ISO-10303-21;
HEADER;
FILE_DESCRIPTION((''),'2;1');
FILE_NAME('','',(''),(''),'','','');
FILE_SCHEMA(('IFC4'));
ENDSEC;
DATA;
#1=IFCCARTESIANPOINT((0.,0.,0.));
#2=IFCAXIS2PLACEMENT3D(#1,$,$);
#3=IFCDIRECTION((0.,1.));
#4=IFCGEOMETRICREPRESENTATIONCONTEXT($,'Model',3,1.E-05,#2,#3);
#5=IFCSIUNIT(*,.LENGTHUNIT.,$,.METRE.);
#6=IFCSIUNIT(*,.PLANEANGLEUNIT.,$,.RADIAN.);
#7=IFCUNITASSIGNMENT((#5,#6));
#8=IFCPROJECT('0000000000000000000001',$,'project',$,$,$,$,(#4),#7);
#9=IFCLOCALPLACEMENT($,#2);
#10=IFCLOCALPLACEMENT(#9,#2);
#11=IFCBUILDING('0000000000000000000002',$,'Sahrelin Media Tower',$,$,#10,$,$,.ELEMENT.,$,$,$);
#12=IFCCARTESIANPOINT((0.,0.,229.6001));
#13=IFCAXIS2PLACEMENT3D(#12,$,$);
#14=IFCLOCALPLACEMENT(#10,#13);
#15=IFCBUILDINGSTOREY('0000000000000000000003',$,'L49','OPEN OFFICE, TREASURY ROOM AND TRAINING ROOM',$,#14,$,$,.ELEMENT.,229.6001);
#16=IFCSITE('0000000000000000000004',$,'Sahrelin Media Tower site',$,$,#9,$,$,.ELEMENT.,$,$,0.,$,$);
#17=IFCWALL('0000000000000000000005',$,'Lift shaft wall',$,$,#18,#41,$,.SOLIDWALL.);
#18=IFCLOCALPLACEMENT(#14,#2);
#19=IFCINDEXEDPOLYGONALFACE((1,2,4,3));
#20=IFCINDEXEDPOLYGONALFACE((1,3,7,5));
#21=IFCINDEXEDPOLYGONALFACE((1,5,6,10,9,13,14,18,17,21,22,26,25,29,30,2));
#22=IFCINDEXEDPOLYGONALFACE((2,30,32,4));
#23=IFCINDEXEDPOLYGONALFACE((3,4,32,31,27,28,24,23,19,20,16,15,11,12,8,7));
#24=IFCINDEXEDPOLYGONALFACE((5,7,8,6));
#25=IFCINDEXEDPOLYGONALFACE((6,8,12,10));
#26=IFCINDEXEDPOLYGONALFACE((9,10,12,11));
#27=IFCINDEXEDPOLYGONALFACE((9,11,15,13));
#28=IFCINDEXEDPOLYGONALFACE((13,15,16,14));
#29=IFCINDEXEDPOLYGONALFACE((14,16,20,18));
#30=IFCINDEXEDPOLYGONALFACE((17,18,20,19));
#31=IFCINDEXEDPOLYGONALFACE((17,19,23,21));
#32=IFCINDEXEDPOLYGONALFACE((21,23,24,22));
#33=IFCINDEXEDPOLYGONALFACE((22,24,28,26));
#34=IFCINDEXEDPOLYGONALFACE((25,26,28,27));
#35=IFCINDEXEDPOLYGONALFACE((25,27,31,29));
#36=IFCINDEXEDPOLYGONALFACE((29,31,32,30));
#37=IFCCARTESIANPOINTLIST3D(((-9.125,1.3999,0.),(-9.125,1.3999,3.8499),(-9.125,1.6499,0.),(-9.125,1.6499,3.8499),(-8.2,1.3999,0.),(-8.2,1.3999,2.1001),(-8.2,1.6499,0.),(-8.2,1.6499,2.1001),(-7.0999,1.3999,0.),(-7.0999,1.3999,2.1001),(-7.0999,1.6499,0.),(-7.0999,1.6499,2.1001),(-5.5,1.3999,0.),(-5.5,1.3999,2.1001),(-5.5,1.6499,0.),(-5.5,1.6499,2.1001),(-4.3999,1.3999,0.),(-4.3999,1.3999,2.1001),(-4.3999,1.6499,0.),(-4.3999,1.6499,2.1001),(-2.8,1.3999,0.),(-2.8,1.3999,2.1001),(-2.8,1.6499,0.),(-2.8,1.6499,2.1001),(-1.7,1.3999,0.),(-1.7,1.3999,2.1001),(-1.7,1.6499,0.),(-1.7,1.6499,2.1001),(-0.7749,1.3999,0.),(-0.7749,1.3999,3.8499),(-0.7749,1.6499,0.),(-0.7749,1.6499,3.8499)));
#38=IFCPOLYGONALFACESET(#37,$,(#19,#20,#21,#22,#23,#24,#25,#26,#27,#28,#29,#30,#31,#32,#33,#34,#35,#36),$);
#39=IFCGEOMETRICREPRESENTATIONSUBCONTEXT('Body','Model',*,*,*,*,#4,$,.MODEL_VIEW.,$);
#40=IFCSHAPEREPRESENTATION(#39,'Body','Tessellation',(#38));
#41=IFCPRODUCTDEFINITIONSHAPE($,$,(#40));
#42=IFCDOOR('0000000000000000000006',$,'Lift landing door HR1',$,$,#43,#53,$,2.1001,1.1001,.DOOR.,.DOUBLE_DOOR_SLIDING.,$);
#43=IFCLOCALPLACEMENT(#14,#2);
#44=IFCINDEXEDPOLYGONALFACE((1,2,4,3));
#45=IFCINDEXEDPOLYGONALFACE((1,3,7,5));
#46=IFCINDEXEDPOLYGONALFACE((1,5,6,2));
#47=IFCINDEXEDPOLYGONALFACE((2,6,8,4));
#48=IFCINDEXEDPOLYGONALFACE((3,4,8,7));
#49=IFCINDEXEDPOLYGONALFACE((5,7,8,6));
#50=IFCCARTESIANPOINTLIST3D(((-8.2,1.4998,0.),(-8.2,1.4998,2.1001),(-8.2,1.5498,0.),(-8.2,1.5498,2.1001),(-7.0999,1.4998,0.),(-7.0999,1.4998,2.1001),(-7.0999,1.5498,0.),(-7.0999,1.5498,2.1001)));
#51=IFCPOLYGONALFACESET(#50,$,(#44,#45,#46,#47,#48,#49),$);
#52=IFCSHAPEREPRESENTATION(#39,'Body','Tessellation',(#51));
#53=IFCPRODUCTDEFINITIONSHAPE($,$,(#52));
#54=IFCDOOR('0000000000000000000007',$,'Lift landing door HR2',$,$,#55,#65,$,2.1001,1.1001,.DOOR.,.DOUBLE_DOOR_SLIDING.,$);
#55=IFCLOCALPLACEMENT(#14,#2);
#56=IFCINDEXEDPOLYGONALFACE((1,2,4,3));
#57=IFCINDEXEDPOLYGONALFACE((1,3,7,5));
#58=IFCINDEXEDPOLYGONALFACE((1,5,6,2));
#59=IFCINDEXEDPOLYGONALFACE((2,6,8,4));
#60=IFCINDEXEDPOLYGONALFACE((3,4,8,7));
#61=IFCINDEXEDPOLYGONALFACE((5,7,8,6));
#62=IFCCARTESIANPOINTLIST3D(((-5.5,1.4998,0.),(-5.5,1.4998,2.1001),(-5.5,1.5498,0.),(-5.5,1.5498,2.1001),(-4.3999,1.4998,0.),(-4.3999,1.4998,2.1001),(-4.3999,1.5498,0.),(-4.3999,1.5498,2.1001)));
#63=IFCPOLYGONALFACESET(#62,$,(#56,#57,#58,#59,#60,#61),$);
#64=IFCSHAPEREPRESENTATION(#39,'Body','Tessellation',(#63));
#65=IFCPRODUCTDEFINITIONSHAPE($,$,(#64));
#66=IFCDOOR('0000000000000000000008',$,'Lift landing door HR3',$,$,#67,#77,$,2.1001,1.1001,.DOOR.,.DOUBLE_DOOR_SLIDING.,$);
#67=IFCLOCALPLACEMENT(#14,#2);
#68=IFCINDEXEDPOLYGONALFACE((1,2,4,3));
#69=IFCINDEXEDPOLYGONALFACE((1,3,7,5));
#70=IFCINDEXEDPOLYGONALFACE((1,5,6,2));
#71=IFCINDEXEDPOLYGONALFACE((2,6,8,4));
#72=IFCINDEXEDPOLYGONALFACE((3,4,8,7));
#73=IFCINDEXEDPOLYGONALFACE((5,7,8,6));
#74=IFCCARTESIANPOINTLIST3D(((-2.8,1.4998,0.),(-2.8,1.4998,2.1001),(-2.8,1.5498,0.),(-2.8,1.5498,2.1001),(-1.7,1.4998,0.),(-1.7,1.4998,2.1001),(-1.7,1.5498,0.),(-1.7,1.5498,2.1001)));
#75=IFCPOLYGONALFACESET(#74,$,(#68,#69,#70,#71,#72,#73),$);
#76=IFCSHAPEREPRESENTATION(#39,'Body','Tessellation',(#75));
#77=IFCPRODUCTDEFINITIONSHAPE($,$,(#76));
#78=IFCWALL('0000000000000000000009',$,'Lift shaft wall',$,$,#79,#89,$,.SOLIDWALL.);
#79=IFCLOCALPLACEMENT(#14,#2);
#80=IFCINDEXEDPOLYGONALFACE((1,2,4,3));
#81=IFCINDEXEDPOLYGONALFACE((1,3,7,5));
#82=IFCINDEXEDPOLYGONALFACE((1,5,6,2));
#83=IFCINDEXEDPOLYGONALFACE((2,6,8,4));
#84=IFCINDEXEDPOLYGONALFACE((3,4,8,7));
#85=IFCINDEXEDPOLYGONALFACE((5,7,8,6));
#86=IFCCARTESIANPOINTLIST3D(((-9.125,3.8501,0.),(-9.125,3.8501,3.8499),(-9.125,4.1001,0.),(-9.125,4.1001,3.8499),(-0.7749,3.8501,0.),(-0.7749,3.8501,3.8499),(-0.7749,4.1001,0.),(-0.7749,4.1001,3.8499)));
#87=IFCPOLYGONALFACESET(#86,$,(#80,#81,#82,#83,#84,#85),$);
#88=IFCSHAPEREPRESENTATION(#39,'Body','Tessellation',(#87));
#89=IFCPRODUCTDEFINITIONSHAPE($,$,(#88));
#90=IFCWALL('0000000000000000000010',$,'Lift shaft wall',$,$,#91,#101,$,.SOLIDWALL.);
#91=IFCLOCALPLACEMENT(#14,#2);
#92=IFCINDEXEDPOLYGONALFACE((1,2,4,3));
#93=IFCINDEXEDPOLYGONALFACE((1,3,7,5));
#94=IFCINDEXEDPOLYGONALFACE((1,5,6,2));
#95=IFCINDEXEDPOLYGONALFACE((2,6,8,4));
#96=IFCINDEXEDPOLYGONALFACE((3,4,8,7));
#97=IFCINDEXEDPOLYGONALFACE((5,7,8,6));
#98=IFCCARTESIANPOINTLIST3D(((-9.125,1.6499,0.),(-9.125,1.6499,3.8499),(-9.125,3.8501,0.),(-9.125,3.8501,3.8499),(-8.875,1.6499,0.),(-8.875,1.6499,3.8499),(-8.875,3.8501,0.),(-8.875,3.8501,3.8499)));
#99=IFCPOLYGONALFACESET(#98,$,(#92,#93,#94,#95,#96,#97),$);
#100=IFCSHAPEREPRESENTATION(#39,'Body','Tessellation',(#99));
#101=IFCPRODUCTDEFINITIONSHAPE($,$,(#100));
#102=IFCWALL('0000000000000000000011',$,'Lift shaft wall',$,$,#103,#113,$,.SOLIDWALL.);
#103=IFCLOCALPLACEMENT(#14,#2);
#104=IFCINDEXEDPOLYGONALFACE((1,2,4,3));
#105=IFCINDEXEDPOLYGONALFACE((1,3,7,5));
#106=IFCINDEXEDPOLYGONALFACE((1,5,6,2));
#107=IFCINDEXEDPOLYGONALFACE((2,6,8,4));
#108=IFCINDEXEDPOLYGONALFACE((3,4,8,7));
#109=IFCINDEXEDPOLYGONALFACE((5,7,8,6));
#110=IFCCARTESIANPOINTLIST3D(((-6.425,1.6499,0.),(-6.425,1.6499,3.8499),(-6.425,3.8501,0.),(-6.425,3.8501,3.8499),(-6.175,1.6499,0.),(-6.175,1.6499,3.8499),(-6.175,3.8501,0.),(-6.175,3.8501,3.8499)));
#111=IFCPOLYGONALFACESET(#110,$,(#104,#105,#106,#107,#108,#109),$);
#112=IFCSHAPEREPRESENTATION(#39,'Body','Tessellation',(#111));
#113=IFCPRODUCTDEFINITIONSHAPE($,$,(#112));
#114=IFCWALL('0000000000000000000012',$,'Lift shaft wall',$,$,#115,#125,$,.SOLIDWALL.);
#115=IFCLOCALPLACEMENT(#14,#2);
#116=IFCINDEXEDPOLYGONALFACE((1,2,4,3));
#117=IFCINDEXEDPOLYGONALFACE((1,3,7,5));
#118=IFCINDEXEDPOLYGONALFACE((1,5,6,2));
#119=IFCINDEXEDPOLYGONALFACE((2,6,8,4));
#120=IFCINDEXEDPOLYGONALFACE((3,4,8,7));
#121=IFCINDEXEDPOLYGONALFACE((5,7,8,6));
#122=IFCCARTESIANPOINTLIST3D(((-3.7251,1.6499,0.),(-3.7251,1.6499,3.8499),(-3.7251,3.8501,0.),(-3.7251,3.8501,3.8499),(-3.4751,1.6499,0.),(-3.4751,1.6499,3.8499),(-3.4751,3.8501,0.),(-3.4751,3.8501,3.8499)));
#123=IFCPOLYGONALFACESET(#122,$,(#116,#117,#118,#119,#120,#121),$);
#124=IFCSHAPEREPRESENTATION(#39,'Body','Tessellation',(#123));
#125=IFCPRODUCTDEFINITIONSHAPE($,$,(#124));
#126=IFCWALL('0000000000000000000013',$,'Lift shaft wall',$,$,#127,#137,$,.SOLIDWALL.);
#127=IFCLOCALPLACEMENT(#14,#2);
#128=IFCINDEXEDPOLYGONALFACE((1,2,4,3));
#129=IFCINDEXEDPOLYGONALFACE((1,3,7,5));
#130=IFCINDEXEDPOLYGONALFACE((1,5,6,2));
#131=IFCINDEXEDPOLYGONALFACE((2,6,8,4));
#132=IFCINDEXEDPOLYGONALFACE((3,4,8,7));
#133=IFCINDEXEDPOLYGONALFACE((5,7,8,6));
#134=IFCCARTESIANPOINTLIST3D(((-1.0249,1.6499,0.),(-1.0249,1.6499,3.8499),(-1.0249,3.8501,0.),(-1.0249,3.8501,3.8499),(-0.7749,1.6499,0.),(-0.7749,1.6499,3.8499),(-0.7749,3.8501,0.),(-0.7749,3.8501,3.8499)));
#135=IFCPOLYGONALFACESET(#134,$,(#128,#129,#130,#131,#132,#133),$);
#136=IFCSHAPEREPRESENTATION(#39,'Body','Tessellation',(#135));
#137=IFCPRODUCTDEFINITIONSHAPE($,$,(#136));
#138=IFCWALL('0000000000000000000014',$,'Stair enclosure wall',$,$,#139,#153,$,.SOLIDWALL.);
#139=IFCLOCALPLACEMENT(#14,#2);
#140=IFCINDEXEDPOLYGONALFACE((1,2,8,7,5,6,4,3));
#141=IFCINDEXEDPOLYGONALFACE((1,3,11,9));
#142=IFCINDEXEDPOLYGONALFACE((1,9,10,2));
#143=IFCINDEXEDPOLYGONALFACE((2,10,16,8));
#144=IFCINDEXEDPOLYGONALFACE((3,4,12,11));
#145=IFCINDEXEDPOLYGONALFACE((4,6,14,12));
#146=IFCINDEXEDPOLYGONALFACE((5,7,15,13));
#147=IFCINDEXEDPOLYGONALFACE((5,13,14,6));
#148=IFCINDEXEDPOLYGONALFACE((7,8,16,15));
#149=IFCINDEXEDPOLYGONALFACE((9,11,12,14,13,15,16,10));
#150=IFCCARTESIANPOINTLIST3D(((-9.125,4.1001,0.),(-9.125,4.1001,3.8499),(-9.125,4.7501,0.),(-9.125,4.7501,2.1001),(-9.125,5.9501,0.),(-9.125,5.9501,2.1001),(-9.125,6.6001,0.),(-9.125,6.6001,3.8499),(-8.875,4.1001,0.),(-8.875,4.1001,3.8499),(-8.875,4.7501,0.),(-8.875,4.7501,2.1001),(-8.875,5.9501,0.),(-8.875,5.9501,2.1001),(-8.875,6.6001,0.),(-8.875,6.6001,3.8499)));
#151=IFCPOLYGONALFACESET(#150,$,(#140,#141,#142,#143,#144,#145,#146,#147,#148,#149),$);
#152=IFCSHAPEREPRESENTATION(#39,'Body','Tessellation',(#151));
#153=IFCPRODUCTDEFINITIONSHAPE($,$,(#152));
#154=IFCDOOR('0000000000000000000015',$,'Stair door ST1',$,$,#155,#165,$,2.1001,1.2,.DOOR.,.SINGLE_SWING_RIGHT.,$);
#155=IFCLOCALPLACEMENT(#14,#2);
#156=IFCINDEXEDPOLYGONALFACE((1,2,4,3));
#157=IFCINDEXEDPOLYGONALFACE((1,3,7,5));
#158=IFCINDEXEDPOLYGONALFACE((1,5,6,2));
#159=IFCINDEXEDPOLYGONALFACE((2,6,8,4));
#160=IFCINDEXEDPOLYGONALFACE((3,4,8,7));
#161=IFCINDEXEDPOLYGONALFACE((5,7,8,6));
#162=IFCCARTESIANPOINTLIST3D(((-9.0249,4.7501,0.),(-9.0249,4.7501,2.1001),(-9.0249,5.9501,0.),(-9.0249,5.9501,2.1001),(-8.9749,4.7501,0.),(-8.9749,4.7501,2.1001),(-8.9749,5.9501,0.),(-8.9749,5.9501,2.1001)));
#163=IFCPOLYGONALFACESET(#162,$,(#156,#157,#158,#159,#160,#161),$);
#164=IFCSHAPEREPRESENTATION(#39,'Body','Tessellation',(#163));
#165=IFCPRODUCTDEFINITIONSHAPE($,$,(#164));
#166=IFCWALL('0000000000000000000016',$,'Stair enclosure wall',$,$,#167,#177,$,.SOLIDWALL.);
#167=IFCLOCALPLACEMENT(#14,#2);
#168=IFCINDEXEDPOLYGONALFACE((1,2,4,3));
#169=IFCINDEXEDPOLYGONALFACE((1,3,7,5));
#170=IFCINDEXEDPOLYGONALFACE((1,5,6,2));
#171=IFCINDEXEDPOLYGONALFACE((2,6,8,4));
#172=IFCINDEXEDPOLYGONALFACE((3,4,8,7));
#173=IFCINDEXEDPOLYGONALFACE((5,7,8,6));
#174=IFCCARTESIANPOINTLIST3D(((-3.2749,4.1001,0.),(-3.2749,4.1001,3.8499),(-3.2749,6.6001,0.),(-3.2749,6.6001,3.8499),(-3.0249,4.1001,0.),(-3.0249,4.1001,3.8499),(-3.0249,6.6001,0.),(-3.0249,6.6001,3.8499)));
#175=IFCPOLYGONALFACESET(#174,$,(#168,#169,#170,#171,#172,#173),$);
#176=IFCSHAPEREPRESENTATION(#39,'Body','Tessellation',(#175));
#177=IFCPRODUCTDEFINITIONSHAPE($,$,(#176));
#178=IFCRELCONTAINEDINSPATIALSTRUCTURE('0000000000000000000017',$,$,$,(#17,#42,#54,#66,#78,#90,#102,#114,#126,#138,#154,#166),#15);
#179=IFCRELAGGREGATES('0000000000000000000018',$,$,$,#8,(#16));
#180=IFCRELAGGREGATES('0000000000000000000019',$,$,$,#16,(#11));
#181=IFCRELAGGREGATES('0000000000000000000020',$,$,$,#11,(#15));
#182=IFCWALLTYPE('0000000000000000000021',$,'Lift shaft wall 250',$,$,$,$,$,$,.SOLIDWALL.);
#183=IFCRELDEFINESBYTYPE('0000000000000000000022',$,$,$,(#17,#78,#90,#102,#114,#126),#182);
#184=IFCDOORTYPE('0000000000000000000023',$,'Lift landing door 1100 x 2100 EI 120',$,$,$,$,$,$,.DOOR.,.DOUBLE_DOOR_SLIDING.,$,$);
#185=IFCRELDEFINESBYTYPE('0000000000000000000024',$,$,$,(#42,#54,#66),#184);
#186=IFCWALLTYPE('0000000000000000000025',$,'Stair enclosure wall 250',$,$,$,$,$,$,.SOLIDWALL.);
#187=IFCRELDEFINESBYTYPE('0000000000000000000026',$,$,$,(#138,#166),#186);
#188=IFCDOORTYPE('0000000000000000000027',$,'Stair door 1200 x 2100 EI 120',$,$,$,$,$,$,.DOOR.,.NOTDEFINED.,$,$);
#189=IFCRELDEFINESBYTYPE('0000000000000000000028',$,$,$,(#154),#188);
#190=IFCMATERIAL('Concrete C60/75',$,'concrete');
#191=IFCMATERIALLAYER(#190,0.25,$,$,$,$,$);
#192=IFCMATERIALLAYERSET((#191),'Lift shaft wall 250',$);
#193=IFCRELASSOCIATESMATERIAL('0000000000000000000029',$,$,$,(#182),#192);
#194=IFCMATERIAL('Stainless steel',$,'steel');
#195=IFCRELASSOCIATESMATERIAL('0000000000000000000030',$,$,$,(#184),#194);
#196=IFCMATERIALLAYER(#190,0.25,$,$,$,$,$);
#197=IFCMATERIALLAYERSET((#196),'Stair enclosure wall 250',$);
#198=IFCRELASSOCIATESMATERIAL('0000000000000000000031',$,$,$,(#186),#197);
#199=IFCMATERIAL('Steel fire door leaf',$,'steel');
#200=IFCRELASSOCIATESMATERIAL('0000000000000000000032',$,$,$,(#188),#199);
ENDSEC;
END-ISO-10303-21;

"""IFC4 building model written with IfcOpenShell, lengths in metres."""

from ifc_helpers import new_model, si_unit, direction, frame, frame_2d, origin, place, context, subcontext, project, spatial, rectangle, extrude, material, layer, layer_set, type_object, element, fill, save


model = new_model("IFC4")

# Units and contexts
model_context = context("Model", 3, precision=1e-05, world=origin(), true_north=direction((0.0, 1.0)))
body_context = subcontext(model_context, "Body", "Model", "MODEL_VIEW")
ifc_project = project(units=[si_unit("LENGTHUNIT", "METRE"), si_unit("PLANEANGLEUNIT", "RADIAN")], contexts=[model_context])

# Site, building, storey
site_placement = place(None, origin())
site = spatial("IfcSite", under=ifc_project, at=site_placement, Name="Sahrelin Media Tower site", CompositionType="ELEMENT", RefElevation=0.0)
building_placement = place(site_placement, origin())
building = spatial("IfcBuilding", under=site, at=building_placement, Name="Sahrelin Media Tower", CompositionType="ELEMENT")
storey_placement = place(building_placement, frame((0.0, 0.0, 229.6001)))
storey = spatial("IfcBuildingStorey", under=building, at=storey_placement, Name="L49", Description="OPEN OFFICE, TREASURY ROOM AND TRAINING ROOM", CompositionType="ELEMENT", Elevation=229.6001)

# Shared definitions
ifc_material_1 = material(Name="Steel fire door leaf", Category="steel")

# Wall, openings, doors
ifc_material_2 = material(Name="Concrete C60/75", Category="concrete")
ifc_layer_1 = layer(ifc_material_2, 0.25)
ifc_layer_set_1 = layer_set([ifc_layer_1], Name="Lift shaft wall 250")
wall_type_1 = type_object("IfcWallType", Name="Lift shaft wall 250", PredefinedType="SOLIDWALL", material=ifc_layer_set_1)
wall_1_placement = place(storey_placement, frame((-9.125, 1.5249, 0.0), z_axis=(0.0, 0.0, 1.0), x_axis=(1.0, 0.0, 0.0)))
wall_1 = element("IfcWall", 1, at=wall_1_placement, inside=storey, type_object=wall_type_1, Name="Lift shaft wall", PredefinedType="SOLIDWALL", context=body_context, shape_type="SweptSolid", body=[
    extrude(rectangle(XDim=8.3501, YDim=0.25, at=frame_2d((4.175, 0.0))), origin(), (0.0, 0.0, 1.0), 3.8499),
])
opening_1_placement = place(wall_1_placement, frame((0.925, 0.0, 0.0)))
opening_1 = element("IfcOpeningElement", 2, at=opening_1_placement, cuts=wall_1, PredefinedType="OPENING", context=body_context, shape_type="SweptSolid", body=[
    extrude(rectangle(XDim=1.1001, YDim=2.1001, at=frame_2d((0.55, 1.05))), frame((0.0, 0.125, 0.0), z_axis=(0.0, -1.0, 0.0), x_axis=(1.0, 0.0, 0.0)), (0.0, 0.0, 1.0), 0.25),
])
opening_2_placement = place(wall_1_placement, frame((3.625, 0.0, 0.0)))
opening_2 = element("IfcOpeningElement", 3, at=opening_2_placement, cuts=wall_1, PredefinedType="OPENING", context=body_context, shape_type="SweptSolid", body=[
    extrude(rectangle(XDim=1.1001, YDim=2.1001, at=frame_2d((0.55, 1.05))), frame((0.0, 0.125, 0.0), z_axis=(0.0, -1.0, 0.0), x_axis=(1.0, 0.0, 0.0)), (0.0, 0.0, 1.0), 0.25),
])
opening_3_placement = place(wall_1_placement, frame((6.325, 0.0, 0.0)))
opening_3 = element("IfcOpeningElement", 4, at=opening_3_placement, cuts=wall_1, PredefinedType="OPENING", context=body_context, shape_type="SweptSolid", body=[
    extrude(rectangle(XDim=1.1001, YDim=2.1001, at=frame_2d((0.55, 1.05))), frame((0.0, 0.125, 0.0), z_axis=(0.0, -1.0, 0.0), x_axis=(1.0, 0.0, 0.0)), (0.0, 0.0, 1.0), 0.25),
])
ifc_material_3 = material(Name="Stainless steel", Category="steel")
door_type_1 = type_object("IfcDoorType", Name="Lift landing door 1100 x 2100 EI 120", OperationType="DOUBLE_DOOR_SLIDING", PredefinedType="DOOR", material=ifc_material_3)
door_1_placement = place(opening_1_placement, origin())
door_1 = element("IfcDoor", 5, at=door_1_placement, inside=storey, type_object=door_type_1, Name="Lift landing door HR1", OperationType="DOUBLE_DOOR_SLIDING", OverallHeight=2.1001, OverallWidth=1.1001, PredefinedType="DOOR", context=body_context, shape_type="SweptSolid", body=[
    extrude(rectangle(XDim=1.1001, YDim=2.1001, at=frame_2d((0.55, 1.05))), frame((0.0, 0.0249, 0.0), z_axis=(0.0, -1.0, 0.0), x_axis=(1.0, 0.0, 0.0)), (0.0, 0.0, 1.0), 0.05),
])
fill(opening_1, door_1)
door_2_placement = place(opening_2_placement, origin())
door_2 = element("IfcDoor", 6, at=door_2_placement, inside=storey, type_object=door_type_1, Name="Lift landing door HR2", OperationType="DOUBLE_DOOR_SLIDING", OverallHeight=2.1001, OverallWidth=1.1001, PredefinedType="DOOR", context=body_context, shape_type="SweptSolid", body=[
    extrude(rectangle(XDim=1.1001, YDim=2.1001, at=frame_2d((0.55, 1.05))), frame((0.0, 0.0249, 0.0), z_axis=(0.0, -1.0, 0.0), x_axis=(1.0, 0.0, 0.0)), (0.0, 0.0, 1.0), 0.05),
])
fill(opening_2, door_2)
door_3_placement = place(opening_3_placement, origin())
door_3 = element("IfcDoor", 7, at=door_3_placement, inside=storey, type_object=door_type_1, Name="Lift landing door HR3", OperationType="DOUBLE_DOOR_SLIDING", OverallHeight=2.1001, OverallWidth=1.1001, PredefinedType="DOOR", context=body_context, shape_type="SweptSolid", body=[
    extrude(rectangle(XDim=1.1001, YDim=2.1001, at=frame_2d((0.55, 1.05))), frame((0.0, 0.0249, 0.0), z_axis=(0.0, -1.0, 0.0), x_axis=(1.0, 0.0, 0.0)), (0.0, 0.0, 1.0), 0.05),
])
fill(opening_3, door_3)

# Walls
wall_2_placement = place(storey_placement, frame((-9.125, 3.9751, 0.0), z_axis=(0.0, 0.0, 1.0), x_axis=(1.0, 0.0, 0.0)))
element("IfcWall", 8, at=wall_2_placement, inside=storey, type_object=wall_type_1, Name="Lift shaft wall", PredefinedType="SOLIDWALL", context=body_context, shape_type="SweptSolid", body=[
    extrude(rectangle(XDim=8.3501, YDim=0.25, at=frame_2d((4.175, 0.0))), origin(), (0.0, 0.0, 1.0), 3.8499),
])
for number, where, z_axis, x_axis, name in (
    (9, (-9.0, 1.6499, 0.0), (0.0, 0.0, 1.0), (0.0, 1.0, 0.0), "Lift shaft wall"),
    (10, (-6.3, 1.6499, 0.0), (0.0, 0.0, 1.0), (0.0, 1.0, 0.0), "Lift shaft wall"),
    (11, (-3.6001, 1.6499, 0.0), (0.0, 0.0, 1.0), (0.0, 1.0, 0.0), "Lift shaft wall"),
    (12, (-0.8999, 1.6499, 0.0), (0.0, 0.0, 1.0), (0.0, 1.0, 0.0), "Lift shaft wall"),
):
    element("IfcWall", number, at=place(storey_placement, frame(where, z_axis=z_axis, x_axis=x_axis)), inside=storey, type_object=wall_type_1, Name=name, PredefinedType="SOLIDWALL", context=body_context, shape_type="SweptSolid", body=[
        extrude(rectangle(XDim=2.2002, YDim=0.25, at=frame_2d((1.1001, 0.0))), origin(), (0.0, 0.0, 1.0), 3.8499),
    ])

# Wall, opening, door
ifc_layer_2 = layer(ifc_material_2, 0.25)
ifc_layer_set_2 = layer_set([ifc_layer_2], Name="Stair enclosure wall 250")
wall_type_2 = type_object("IfcWallType", Name="Stair enclosure wall 250", PredefinedType="SOLIDWALL", material=ifc_layer_set_2)
wall_3_placement = place(storey_placement, frame((-9.0, 4.1001, 0.0), z_axis=(0.0, 0.0, 1.0), x_axis=(0.0, 1.0, 0.0)))
wall_3 = element("IfcWall", 13, at=wall_3_placement, inside=storey, type_object=wall_type_2, Name="Stair enclosure wall", PredefinedType="SOLIDWALL", context=body_context, shape_type="SweptSolid", body=[
    extrude(rectangle(XDim=2.5, YDim=0.25, at=frame_2d((1.25, 0.0))), origin(), (0.0, 0.0, 1.0), 3.8499),
])
opening_4_placement = place(wall_3_placement, frame((0.6499, 0.0, 0.0)))
opening_4 = element("IfcOpeningElement", 14, at=opening_4_placement, cuts=wall_3, PredefinedType="OPENING", context=body_context, shape_type="SweptSolid", body=[
    extrude(rectangle(XDim=1.2, YDim=2.1001, at=frame_2d((0.6001, 1.05))), frame((0.0, 0.125, 0.0), z_axis=(0.0, -1.0, 0.0), x_axis=(1.0, 0.0, 0.0)), (0.0, 0.0, 1.0), 0.25),
])
door_type_2 = type_object("IfcDoorType", Name="Stair door 1200 x 2100 EI 120", OperationType="NOTDEFINED", PredefinedType="DOOR", material=ifc_material_1)
door_4_placement = place(opening_4_placement, origin())
door_4 = element("IfcDoor", 15, at=door_4_placement, inside=storey, type_object=door_type_2, Name="Stair door ST1", OperationType="SINGLE_SWING_RIGHT", OverallHeight=2.1001, OverallWidth=1.2, PredefinedType="DOOR", context=body_context, shape_type="SweptSolid", body=[
    extrude(rectangle(XDim=1.2, YDim=2.1001, at=frame_2d((0.6001, 1.05))), frame((0.0, 0.0249, 0.0), z_axis=(0.0, -1.0, 0.0), x_axis=(1.0, 0.0, 0.0)), (0.0, 0.0, 1.0), 0.05),
])
fill(opening_4, door_4)

# Wall
wall_4_placement = place(storey_placement, frame((-3.1499, 4.1001, 0.0), z_axis=(0.0, 0.0, 1.0), x_axis=(0.0, 1.0, 0.0)))
element("IfcWall", 16, at=wall_4_placement, inside=storey, type_object=wall_type_2, Name="Stair enclosure wall", PredefinedType="SOLIDWALL", context=body_context, shape_type="SweptSolid", body=[
    extrude(rectangle(XDim=2.5, YDim=0.25, at=frame_2d((1.25, 0.0))), origin(), (0.0, 0.0, 1.0), 3.8499),
])

save(model, "model.ifc")
